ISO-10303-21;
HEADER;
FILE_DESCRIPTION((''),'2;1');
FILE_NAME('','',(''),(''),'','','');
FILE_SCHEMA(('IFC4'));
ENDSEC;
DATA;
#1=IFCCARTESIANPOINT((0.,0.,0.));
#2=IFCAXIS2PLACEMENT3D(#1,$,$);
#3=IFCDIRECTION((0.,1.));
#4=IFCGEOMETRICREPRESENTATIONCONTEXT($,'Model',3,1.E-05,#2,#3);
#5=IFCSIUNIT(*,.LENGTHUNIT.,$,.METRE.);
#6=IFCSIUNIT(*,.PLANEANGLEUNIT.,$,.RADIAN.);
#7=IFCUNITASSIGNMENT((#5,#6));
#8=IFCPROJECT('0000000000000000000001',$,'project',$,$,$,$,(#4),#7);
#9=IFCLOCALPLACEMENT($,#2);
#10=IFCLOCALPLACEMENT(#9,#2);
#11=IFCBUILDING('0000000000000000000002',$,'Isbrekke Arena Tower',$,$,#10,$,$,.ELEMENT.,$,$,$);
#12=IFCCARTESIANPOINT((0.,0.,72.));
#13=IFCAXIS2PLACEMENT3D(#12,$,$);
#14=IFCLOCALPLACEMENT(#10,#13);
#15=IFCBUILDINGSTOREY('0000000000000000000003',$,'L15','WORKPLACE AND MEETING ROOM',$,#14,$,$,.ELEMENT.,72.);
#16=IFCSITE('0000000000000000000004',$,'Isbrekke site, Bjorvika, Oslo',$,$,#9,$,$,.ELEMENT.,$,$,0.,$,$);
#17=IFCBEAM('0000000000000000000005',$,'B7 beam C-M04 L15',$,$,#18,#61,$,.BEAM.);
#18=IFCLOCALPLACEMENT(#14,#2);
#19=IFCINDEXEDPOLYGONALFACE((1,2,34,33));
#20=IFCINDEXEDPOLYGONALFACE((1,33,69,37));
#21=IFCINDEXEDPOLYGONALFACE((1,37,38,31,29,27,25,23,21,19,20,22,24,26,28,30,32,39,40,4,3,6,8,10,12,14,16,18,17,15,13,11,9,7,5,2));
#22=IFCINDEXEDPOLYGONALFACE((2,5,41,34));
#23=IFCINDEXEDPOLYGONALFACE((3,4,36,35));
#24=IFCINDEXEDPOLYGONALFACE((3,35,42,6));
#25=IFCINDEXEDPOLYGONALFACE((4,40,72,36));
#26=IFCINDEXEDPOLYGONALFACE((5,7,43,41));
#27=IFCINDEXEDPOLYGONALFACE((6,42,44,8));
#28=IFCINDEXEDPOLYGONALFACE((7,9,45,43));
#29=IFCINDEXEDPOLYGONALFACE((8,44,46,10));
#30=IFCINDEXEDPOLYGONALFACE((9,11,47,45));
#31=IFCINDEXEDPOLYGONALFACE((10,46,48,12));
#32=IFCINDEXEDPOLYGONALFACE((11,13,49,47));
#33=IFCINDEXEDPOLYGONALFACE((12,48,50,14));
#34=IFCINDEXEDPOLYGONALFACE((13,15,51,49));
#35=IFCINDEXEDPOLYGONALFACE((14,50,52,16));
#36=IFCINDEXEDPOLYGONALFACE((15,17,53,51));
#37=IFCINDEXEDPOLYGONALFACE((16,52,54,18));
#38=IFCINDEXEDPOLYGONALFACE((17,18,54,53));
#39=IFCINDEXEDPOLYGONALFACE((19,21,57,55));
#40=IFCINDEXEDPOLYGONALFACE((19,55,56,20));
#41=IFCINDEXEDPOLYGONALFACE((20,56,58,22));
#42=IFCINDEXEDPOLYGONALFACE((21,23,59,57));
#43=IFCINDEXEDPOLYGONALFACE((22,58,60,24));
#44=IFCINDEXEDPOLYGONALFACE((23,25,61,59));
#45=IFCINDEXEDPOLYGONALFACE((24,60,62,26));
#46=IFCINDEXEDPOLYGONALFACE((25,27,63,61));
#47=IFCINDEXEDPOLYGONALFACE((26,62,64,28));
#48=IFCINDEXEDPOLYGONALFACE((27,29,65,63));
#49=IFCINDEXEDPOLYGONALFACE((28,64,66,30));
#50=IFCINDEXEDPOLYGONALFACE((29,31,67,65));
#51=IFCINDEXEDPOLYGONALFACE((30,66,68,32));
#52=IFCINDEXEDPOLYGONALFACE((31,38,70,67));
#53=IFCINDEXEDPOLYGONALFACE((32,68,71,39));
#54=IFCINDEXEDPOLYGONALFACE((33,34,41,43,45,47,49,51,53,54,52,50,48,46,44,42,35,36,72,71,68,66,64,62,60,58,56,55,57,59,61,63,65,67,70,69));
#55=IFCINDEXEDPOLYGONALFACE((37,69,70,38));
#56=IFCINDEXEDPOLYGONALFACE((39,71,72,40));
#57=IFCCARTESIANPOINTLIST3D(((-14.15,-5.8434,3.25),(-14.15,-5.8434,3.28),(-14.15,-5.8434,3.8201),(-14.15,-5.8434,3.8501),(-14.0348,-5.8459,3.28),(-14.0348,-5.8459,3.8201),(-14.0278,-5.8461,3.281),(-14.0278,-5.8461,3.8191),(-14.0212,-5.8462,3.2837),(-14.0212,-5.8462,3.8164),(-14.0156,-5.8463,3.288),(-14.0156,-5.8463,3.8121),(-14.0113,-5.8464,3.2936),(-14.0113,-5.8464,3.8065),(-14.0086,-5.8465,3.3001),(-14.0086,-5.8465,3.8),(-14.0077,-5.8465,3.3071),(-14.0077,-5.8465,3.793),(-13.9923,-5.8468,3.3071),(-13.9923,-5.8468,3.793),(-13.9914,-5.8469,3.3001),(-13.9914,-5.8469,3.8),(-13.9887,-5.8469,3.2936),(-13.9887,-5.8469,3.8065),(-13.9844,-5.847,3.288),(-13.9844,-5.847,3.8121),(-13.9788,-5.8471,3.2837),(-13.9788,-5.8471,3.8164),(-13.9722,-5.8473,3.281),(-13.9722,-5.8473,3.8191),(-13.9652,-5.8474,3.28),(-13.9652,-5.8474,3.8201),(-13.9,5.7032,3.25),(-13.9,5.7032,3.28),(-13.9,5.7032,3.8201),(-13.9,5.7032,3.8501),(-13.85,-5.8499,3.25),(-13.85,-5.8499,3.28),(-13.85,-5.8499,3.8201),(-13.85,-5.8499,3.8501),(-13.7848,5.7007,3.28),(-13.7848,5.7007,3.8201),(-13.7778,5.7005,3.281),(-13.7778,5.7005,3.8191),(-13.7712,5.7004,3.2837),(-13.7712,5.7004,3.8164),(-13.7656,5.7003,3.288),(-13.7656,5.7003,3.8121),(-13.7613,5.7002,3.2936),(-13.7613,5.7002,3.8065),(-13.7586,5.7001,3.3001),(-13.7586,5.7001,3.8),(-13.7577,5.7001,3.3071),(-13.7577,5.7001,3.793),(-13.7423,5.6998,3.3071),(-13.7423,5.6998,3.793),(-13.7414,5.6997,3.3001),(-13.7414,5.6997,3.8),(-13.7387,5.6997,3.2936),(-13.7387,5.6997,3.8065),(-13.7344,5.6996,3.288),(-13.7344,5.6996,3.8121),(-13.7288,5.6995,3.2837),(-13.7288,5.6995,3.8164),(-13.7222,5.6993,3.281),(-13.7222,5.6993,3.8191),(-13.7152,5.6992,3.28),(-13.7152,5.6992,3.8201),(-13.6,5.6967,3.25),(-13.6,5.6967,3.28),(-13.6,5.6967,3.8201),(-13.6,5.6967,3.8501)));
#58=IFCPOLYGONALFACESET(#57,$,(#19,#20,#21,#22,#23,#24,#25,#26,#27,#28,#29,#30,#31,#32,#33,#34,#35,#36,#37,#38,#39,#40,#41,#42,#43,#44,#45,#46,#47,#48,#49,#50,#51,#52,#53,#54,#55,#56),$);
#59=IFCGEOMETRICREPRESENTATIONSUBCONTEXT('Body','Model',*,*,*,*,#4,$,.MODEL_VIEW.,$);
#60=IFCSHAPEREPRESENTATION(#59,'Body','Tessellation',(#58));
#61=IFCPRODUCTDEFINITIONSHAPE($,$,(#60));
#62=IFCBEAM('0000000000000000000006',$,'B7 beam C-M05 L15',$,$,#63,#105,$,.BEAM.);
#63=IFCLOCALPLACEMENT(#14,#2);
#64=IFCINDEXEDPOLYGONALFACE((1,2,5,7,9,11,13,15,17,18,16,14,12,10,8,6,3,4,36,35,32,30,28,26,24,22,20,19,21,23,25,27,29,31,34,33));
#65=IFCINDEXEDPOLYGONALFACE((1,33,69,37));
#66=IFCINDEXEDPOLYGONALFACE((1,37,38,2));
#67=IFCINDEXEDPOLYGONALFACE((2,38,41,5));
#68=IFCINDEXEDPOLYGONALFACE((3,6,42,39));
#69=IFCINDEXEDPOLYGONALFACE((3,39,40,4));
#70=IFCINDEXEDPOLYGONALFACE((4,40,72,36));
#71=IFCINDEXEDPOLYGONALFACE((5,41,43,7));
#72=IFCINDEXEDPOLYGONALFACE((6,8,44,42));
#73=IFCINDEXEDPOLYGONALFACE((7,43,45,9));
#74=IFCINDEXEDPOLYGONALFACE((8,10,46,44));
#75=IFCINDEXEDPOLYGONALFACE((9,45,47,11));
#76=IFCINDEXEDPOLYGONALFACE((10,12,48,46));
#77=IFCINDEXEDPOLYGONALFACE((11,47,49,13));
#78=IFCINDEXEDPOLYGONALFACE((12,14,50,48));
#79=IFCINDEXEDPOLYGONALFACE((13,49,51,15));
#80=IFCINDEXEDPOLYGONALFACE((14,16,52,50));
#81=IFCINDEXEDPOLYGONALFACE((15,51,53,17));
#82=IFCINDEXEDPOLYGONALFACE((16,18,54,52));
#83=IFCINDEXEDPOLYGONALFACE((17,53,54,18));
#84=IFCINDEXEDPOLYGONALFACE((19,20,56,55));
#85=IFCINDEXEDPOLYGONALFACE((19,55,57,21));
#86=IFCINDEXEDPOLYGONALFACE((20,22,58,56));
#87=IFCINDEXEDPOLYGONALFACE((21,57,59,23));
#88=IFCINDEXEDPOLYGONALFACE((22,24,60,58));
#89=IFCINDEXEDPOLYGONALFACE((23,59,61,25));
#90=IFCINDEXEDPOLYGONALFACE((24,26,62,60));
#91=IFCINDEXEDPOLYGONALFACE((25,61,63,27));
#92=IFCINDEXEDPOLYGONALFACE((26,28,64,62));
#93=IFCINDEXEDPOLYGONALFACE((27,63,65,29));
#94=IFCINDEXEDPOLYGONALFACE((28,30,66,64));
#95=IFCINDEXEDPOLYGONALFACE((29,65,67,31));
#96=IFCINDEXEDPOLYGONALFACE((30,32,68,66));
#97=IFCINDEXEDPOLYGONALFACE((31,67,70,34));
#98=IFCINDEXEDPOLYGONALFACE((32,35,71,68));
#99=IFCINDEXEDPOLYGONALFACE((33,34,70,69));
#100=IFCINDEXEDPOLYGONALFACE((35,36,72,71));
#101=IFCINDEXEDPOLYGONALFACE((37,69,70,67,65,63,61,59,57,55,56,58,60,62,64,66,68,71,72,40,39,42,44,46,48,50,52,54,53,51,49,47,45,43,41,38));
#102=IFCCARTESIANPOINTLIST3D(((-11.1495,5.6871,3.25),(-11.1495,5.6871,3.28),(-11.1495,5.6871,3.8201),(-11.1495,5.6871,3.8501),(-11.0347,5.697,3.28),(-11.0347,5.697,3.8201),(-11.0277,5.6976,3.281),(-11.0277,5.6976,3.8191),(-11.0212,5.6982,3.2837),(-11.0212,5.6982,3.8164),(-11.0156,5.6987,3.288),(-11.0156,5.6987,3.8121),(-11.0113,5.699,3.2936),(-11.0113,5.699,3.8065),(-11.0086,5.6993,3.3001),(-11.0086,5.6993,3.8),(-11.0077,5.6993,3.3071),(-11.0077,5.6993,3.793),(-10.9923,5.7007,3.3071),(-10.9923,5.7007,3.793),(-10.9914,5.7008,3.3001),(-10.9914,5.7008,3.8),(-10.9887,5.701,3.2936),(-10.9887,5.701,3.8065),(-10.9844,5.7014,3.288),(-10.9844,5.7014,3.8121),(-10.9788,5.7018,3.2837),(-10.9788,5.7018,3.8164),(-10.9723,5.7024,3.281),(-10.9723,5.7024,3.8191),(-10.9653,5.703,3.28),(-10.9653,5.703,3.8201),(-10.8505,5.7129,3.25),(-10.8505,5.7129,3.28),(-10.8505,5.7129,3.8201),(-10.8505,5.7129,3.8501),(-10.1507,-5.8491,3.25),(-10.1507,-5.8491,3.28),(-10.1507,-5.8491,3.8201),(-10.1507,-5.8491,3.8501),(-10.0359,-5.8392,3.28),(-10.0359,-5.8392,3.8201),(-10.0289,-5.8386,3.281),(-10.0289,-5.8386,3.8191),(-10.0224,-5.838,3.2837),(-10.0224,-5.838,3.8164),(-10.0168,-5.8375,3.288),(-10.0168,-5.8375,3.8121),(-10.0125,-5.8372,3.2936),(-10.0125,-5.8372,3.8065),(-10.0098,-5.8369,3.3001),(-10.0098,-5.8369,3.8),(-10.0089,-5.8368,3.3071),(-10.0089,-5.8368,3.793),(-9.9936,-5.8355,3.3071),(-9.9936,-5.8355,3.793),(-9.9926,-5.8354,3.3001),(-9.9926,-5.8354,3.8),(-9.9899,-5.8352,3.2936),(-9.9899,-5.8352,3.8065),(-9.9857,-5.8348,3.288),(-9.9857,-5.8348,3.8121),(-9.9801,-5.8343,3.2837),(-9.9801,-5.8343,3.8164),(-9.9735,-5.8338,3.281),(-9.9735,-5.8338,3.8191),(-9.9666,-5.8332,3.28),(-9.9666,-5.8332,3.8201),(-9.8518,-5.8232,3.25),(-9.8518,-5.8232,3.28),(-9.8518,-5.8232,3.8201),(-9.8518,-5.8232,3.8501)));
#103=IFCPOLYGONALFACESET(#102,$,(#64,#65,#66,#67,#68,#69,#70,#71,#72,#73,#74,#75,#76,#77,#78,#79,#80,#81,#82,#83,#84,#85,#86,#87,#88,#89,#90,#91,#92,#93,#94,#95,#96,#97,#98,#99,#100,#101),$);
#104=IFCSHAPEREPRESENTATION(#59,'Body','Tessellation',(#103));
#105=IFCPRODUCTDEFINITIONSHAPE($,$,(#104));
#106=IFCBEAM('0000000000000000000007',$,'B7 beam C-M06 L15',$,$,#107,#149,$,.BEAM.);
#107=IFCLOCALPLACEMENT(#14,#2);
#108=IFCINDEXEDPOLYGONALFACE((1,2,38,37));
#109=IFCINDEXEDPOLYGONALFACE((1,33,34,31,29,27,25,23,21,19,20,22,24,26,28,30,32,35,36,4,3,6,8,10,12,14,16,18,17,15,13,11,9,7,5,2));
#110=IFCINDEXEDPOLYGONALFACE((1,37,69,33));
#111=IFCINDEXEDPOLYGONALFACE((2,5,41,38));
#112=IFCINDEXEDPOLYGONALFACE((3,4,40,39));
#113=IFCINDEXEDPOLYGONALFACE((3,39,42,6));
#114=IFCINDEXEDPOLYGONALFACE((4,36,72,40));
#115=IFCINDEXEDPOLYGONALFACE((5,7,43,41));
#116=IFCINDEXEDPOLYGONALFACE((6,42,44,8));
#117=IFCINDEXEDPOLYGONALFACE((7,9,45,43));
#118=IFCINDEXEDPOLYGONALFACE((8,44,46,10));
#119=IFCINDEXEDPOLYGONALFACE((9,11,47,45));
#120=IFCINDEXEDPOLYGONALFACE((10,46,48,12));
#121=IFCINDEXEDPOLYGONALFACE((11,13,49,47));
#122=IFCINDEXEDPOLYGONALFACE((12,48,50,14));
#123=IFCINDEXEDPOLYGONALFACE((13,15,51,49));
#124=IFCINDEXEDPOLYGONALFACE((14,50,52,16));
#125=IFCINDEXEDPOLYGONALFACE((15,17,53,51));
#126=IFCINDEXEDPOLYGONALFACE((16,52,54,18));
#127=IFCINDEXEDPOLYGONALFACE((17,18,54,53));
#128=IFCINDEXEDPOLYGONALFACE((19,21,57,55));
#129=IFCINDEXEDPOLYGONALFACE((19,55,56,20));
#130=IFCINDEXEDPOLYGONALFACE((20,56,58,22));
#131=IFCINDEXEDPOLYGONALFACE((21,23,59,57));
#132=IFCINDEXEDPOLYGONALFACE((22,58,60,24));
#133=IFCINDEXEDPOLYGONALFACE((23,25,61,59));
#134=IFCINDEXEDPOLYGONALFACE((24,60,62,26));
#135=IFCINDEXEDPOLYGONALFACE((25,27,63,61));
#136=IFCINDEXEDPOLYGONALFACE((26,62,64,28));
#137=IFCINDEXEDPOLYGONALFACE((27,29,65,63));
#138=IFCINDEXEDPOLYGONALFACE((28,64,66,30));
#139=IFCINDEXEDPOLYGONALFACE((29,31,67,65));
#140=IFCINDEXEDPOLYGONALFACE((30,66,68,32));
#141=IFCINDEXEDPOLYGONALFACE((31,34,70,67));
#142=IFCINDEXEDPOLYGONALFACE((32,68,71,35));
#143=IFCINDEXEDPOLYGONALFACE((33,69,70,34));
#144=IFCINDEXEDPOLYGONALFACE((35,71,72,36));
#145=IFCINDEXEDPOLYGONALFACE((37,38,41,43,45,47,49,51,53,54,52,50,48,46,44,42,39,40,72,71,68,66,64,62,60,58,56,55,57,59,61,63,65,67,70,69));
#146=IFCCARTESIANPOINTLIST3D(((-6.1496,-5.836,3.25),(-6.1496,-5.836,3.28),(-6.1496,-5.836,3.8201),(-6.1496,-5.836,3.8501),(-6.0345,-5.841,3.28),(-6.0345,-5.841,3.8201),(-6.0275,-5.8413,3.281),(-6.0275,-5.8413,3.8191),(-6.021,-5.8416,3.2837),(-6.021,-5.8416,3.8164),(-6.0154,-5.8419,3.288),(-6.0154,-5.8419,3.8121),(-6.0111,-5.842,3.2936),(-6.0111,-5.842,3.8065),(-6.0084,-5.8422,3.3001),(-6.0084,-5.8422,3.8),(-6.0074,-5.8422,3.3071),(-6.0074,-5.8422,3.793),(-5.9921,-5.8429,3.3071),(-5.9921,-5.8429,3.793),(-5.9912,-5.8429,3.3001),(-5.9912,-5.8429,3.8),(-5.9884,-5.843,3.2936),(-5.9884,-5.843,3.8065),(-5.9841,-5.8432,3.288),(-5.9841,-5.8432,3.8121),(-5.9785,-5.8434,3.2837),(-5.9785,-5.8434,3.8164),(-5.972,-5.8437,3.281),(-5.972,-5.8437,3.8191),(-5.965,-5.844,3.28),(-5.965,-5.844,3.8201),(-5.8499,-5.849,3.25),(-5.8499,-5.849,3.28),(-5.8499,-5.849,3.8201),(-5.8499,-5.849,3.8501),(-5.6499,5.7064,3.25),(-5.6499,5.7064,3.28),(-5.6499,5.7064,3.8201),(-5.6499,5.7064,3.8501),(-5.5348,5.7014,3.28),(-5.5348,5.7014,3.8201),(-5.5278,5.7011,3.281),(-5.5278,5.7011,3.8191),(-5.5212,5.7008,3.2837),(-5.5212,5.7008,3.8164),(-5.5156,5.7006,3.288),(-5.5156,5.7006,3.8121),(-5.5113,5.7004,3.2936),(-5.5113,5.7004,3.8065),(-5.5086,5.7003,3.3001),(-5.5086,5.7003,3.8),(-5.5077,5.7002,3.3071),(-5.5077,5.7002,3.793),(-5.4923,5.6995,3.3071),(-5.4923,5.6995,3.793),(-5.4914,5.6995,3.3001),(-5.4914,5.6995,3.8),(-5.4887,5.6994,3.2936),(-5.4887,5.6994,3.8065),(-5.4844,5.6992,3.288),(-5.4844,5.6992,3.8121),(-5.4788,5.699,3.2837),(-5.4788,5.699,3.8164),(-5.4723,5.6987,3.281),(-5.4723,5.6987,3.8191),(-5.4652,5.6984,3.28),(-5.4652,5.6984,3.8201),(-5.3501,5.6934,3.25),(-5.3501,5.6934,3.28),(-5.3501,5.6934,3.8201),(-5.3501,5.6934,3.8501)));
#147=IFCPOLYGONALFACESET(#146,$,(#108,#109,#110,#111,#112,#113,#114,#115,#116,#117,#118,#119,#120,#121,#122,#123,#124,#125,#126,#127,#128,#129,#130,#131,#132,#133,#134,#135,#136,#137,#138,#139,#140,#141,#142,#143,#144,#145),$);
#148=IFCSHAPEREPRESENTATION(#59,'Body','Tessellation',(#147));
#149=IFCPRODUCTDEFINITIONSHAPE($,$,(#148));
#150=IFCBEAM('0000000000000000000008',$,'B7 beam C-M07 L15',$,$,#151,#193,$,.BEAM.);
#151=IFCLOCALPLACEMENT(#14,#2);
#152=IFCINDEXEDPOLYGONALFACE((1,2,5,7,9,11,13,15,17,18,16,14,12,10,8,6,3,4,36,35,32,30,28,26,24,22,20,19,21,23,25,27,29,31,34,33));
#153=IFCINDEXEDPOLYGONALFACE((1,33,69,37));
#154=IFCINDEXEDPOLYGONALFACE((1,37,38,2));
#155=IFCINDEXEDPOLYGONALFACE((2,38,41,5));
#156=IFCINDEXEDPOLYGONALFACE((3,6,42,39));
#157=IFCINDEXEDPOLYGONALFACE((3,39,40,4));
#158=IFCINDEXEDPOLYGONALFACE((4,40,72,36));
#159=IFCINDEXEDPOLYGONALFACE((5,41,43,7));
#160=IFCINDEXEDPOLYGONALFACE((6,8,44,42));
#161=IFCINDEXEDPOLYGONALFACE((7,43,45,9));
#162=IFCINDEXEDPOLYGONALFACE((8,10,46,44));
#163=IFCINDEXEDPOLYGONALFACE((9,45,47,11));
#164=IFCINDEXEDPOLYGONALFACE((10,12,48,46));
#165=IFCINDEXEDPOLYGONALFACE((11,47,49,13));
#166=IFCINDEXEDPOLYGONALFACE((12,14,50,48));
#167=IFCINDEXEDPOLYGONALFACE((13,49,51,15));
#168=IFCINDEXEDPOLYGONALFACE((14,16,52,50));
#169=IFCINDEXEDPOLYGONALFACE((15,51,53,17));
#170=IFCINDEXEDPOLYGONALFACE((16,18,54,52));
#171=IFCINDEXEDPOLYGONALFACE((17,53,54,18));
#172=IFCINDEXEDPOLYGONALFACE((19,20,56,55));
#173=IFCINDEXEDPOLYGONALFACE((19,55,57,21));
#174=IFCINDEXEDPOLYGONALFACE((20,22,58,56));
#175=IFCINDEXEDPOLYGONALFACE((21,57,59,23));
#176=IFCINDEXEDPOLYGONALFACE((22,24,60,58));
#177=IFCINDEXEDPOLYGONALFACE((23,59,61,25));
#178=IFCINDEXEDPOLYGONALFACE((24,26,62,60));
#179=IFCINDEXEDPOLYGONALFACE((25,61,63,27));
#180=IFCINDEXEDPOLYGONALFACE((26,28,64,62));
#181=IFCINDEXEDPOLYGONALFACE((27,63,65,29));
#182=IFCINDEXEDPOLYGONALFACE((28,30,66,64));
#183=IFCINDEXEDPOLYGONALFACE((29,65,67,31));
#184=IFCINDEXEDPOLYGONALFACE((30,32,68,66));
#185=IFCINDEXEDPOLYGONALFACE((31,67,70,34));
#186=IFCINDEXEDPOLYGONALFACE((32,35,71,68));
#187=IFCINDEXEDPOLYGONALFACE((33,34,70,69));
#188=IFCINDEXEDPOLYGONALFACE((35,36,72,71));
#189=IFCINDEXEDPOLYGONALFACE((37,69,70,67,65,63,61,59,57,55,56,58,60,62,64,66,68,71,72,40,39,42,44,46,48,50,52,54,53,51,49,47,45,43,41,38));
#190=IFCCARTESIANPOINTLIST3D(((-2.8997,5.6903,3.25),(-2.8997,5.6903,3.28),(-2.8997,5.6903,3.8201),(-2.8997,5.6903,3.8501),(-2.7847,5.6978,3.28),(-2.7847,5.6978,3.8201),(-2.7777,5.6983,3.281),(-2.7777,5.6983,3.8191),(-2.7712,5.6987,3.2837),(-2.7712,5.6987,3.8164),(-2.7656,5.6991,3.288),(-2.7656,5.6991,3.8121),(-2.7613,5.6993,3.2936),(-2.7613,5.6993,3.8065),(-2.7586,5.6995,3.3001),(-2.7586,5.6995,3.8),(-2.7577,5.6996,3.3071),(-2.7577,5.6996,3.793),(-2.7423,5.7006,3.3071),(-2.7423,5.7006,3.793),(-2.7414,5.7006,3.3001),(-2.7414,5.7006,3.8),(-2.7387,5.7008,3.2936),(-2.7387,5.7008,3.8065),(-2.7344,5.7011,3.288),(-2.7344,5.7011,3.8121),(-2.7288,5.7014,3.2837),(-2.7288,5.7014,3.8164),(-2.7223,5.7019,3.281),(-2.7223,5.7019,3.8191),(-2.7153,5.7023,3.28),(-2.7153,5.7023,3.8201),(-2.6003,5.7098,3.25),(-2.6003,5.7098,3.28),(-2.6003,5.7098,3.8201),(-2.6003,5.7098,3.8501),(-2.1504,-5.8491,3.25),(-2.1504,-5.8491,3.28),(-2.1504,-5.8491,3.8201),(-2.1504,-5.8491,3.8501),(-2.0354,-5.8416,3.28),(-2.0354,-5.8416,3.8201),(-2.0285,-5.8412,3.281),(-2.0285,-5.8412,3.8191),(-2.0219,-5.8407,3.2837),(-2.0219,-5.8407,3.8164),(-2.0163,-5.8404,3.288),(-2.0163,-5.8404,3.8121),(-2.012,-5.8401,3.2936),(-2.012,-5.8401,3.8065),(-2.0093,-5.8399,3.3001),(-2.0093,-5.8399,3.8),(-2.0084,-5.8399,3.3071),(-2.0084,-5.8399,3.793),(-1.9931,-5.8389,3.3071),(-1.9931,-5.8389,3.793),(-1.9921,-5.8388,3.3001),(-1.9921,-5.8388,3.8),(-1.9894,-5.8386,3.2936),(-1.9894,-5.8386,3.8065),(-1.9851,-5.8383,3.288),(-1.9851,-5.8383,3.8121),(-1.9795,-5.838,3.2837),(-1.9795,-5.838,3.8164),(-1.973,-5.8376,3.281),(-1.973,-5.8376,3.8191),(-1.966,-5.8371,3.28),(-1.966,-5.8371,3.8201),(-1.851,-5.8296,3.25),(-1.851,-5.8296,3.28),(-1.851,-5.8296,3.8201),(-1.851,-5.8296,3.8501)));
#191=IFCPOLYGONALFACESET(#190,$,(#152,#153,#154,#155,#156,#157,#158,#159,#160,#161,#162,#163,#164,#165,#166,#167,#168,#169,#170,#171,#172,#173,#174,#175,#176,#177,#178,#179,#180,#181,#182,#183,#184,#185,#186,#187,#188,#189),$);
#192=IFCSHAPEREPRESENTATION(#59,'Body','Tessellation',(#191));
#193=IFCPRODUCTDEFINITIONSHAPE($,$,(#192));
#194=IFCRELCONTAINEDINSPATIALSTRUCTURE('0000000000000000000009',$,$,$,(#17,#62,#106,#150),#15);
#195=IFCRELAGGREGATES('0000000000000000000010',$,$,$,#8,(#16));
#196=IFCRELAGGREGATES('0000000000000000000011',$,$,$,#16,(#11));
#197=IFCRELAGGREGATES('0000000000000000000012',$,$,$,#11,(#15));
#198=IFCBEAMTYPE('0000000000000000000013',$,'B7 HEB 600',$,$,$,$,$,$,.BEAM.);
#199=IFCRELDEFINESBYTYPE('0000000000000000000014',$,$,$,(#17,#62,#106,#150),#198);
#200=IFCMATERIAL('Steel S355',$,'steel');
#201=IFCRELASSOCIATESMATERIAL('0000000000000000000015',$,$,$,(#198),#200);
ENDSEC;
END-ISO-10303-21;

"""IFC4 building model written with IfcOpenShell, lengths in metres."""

from ifc_helpers import new_model, si_unit, direction, frame, origin, origin_2d, place, context, subcontext, project, spatial, i_section, extrude, material, material_profile, profile_set, type_object, element, save


model = new_model("IFC4")

# Units and contexts
model_context = context("Model", 3, precision=1e-05, world=origin(), true_north=direction((0.0, 1.0)))
body_context = subcontext(model_context, "Body", "Model", "MODEL_VIEW")
ifc_project = project(units=[si_unit("LENGTHUNIT", "METRE"), si_unit("PLANEANGLEUNIT", "RADIAN")], contexts=[model_context])

# Site, building, storey
site_placement = place(None, origin())
site = spatial("IfcSite", under=ifc_project, at=site_placement, Name="Isbrekke site, Bjorvika, Oslo", CompositionType="ELEMENT", RefElevation=0.0)
building_placement = place(site_placement, origin())
building = spatial("IfcBuilding", under=site, at=building_placement, Name="Isbrekke Arena Tower", CompositionType="ELEMENT")
storey_placement = place(building_placement, frame((0.0, 0.0, 72.0)))
storey = spatial("IfcBuildingStorey", under=building, at=storey_placement, Name="L15", Description="WORKPLACE AND MEETING ROOM", CompositionType="ELEMENT", Elevation=72.0)

# Beams
ifc_material_1 = material(Name="Steel S355", Category="steel")
ifc_material_profile_1 = material_profile(ifc_material_1, i_section(OverallWidth=0.3, OverallDepth=0.6001, WebThickness=0.0154, FlangeThickness=0.03, FilletRadius=0.0271, at=origin_2d()), Name="HEB 600")
ifc_profile_set_1 = profile_set([ifc_material_profile_1], Name="Steel S355")
beam_type_1 = type_object("IfcBeamType", Name="B7 HEB 600", PredefinedType="BEAM", material=ifc_profile_set_1)
beam_1_placement = place(storey_placement, frame((-14.0, -5.8467, 3.55), z_axis=(0.021646, 0.999766, 0.0), x_axis=(-0.999766, 0.021646, 0.0)))
element("IfcBeam", 1, at=beam_1_placement, inside=storey, type_object=beam_type_1, Name="B7 beam C-M04 L15", PredefinedType="BEAM", context=body_context, shape_type="SweptSolid", body=[
    extrude(i_section(OverallWidth=0.3, OverallDepth=0.6001, WebThickness=0.0154, FlangeThickness=0.03, FilletRadius=0.0271, at=origin_2d()), origin(), (0.0, 0.0, 1.0), 11.5493),
])
beam_2_placement = place(storey_placement, frame((-10.0012, -5.8362, 3.55), z_axis=(-0.086256, 0.996273, 0.0), x_axis=(-0.996273, -0.086256, 0.0)))
element("IfcBeam", 2, at=beam_2_placement, inside=storey, type_object=beam_type_1, Name="B7 beam C-M05 L15", PredefinedType="BEAM", context=body_context, shape_type="SweptSolid", body=[
    extrude(i_section(OverallWidth=0.3, OverallDepth=0.6001, WebThickness=0.0154, FlangeThickness=0.03, FilletRadius=0.0271, at=origin_2d()), origin(), (0.0, 0.0, 1.0), 11.5793),
])
beam_3_placement = place(storey_placement, frame((-5.9998, -5.8425, 3.55), z_axis=(0.043257, 0.999064, 0.0), x_axis=(-0.999064, 0.043257, 0.0)))
element("IfcBeam", 3, at=beam_3_placement, inside=storey, type_object=beam_type_1, Name="B7 beam C-M06 L15", PredefinedType="BEAM", context=body_context, shape_type="SweptSolid", body=[
    extrude(i_section(OverallWidth=0.3, OverallDepth=0.6001, WebThickness=0.0154, FlangeThickness=0.03, FilletRadius=0.0271, at=origin_2d()), origin(), (0.0, 0.0, 1.0), 11.5532),
])
beam_4_placement = place(storey_placement, frame((-2.0007, -5.8394, 3.55), z_axis=(-0.064795, 0.997899, 0.0), x_axis=(-0.997899, -0.064795, 0.0)))
element("IfcBeam", 4, at=beam_4_placement, inside=storey, type_object=beam_type_1, Name="B7 beam C-M07 L15", PredefinedType="BEAM", context=body_context, shape_type="SweptSolid", body=[
    extrude(i_section(OverallWidth=0.3, OverallDepth=0.6001, WebThickness=0.0154, FlangeThickness=0.03, FilletRadius=0.0271, at=origin_2d()), origin(), (0.0, 0.0, 1.0), 11.5637),
])

save(model, "model.ifc")
